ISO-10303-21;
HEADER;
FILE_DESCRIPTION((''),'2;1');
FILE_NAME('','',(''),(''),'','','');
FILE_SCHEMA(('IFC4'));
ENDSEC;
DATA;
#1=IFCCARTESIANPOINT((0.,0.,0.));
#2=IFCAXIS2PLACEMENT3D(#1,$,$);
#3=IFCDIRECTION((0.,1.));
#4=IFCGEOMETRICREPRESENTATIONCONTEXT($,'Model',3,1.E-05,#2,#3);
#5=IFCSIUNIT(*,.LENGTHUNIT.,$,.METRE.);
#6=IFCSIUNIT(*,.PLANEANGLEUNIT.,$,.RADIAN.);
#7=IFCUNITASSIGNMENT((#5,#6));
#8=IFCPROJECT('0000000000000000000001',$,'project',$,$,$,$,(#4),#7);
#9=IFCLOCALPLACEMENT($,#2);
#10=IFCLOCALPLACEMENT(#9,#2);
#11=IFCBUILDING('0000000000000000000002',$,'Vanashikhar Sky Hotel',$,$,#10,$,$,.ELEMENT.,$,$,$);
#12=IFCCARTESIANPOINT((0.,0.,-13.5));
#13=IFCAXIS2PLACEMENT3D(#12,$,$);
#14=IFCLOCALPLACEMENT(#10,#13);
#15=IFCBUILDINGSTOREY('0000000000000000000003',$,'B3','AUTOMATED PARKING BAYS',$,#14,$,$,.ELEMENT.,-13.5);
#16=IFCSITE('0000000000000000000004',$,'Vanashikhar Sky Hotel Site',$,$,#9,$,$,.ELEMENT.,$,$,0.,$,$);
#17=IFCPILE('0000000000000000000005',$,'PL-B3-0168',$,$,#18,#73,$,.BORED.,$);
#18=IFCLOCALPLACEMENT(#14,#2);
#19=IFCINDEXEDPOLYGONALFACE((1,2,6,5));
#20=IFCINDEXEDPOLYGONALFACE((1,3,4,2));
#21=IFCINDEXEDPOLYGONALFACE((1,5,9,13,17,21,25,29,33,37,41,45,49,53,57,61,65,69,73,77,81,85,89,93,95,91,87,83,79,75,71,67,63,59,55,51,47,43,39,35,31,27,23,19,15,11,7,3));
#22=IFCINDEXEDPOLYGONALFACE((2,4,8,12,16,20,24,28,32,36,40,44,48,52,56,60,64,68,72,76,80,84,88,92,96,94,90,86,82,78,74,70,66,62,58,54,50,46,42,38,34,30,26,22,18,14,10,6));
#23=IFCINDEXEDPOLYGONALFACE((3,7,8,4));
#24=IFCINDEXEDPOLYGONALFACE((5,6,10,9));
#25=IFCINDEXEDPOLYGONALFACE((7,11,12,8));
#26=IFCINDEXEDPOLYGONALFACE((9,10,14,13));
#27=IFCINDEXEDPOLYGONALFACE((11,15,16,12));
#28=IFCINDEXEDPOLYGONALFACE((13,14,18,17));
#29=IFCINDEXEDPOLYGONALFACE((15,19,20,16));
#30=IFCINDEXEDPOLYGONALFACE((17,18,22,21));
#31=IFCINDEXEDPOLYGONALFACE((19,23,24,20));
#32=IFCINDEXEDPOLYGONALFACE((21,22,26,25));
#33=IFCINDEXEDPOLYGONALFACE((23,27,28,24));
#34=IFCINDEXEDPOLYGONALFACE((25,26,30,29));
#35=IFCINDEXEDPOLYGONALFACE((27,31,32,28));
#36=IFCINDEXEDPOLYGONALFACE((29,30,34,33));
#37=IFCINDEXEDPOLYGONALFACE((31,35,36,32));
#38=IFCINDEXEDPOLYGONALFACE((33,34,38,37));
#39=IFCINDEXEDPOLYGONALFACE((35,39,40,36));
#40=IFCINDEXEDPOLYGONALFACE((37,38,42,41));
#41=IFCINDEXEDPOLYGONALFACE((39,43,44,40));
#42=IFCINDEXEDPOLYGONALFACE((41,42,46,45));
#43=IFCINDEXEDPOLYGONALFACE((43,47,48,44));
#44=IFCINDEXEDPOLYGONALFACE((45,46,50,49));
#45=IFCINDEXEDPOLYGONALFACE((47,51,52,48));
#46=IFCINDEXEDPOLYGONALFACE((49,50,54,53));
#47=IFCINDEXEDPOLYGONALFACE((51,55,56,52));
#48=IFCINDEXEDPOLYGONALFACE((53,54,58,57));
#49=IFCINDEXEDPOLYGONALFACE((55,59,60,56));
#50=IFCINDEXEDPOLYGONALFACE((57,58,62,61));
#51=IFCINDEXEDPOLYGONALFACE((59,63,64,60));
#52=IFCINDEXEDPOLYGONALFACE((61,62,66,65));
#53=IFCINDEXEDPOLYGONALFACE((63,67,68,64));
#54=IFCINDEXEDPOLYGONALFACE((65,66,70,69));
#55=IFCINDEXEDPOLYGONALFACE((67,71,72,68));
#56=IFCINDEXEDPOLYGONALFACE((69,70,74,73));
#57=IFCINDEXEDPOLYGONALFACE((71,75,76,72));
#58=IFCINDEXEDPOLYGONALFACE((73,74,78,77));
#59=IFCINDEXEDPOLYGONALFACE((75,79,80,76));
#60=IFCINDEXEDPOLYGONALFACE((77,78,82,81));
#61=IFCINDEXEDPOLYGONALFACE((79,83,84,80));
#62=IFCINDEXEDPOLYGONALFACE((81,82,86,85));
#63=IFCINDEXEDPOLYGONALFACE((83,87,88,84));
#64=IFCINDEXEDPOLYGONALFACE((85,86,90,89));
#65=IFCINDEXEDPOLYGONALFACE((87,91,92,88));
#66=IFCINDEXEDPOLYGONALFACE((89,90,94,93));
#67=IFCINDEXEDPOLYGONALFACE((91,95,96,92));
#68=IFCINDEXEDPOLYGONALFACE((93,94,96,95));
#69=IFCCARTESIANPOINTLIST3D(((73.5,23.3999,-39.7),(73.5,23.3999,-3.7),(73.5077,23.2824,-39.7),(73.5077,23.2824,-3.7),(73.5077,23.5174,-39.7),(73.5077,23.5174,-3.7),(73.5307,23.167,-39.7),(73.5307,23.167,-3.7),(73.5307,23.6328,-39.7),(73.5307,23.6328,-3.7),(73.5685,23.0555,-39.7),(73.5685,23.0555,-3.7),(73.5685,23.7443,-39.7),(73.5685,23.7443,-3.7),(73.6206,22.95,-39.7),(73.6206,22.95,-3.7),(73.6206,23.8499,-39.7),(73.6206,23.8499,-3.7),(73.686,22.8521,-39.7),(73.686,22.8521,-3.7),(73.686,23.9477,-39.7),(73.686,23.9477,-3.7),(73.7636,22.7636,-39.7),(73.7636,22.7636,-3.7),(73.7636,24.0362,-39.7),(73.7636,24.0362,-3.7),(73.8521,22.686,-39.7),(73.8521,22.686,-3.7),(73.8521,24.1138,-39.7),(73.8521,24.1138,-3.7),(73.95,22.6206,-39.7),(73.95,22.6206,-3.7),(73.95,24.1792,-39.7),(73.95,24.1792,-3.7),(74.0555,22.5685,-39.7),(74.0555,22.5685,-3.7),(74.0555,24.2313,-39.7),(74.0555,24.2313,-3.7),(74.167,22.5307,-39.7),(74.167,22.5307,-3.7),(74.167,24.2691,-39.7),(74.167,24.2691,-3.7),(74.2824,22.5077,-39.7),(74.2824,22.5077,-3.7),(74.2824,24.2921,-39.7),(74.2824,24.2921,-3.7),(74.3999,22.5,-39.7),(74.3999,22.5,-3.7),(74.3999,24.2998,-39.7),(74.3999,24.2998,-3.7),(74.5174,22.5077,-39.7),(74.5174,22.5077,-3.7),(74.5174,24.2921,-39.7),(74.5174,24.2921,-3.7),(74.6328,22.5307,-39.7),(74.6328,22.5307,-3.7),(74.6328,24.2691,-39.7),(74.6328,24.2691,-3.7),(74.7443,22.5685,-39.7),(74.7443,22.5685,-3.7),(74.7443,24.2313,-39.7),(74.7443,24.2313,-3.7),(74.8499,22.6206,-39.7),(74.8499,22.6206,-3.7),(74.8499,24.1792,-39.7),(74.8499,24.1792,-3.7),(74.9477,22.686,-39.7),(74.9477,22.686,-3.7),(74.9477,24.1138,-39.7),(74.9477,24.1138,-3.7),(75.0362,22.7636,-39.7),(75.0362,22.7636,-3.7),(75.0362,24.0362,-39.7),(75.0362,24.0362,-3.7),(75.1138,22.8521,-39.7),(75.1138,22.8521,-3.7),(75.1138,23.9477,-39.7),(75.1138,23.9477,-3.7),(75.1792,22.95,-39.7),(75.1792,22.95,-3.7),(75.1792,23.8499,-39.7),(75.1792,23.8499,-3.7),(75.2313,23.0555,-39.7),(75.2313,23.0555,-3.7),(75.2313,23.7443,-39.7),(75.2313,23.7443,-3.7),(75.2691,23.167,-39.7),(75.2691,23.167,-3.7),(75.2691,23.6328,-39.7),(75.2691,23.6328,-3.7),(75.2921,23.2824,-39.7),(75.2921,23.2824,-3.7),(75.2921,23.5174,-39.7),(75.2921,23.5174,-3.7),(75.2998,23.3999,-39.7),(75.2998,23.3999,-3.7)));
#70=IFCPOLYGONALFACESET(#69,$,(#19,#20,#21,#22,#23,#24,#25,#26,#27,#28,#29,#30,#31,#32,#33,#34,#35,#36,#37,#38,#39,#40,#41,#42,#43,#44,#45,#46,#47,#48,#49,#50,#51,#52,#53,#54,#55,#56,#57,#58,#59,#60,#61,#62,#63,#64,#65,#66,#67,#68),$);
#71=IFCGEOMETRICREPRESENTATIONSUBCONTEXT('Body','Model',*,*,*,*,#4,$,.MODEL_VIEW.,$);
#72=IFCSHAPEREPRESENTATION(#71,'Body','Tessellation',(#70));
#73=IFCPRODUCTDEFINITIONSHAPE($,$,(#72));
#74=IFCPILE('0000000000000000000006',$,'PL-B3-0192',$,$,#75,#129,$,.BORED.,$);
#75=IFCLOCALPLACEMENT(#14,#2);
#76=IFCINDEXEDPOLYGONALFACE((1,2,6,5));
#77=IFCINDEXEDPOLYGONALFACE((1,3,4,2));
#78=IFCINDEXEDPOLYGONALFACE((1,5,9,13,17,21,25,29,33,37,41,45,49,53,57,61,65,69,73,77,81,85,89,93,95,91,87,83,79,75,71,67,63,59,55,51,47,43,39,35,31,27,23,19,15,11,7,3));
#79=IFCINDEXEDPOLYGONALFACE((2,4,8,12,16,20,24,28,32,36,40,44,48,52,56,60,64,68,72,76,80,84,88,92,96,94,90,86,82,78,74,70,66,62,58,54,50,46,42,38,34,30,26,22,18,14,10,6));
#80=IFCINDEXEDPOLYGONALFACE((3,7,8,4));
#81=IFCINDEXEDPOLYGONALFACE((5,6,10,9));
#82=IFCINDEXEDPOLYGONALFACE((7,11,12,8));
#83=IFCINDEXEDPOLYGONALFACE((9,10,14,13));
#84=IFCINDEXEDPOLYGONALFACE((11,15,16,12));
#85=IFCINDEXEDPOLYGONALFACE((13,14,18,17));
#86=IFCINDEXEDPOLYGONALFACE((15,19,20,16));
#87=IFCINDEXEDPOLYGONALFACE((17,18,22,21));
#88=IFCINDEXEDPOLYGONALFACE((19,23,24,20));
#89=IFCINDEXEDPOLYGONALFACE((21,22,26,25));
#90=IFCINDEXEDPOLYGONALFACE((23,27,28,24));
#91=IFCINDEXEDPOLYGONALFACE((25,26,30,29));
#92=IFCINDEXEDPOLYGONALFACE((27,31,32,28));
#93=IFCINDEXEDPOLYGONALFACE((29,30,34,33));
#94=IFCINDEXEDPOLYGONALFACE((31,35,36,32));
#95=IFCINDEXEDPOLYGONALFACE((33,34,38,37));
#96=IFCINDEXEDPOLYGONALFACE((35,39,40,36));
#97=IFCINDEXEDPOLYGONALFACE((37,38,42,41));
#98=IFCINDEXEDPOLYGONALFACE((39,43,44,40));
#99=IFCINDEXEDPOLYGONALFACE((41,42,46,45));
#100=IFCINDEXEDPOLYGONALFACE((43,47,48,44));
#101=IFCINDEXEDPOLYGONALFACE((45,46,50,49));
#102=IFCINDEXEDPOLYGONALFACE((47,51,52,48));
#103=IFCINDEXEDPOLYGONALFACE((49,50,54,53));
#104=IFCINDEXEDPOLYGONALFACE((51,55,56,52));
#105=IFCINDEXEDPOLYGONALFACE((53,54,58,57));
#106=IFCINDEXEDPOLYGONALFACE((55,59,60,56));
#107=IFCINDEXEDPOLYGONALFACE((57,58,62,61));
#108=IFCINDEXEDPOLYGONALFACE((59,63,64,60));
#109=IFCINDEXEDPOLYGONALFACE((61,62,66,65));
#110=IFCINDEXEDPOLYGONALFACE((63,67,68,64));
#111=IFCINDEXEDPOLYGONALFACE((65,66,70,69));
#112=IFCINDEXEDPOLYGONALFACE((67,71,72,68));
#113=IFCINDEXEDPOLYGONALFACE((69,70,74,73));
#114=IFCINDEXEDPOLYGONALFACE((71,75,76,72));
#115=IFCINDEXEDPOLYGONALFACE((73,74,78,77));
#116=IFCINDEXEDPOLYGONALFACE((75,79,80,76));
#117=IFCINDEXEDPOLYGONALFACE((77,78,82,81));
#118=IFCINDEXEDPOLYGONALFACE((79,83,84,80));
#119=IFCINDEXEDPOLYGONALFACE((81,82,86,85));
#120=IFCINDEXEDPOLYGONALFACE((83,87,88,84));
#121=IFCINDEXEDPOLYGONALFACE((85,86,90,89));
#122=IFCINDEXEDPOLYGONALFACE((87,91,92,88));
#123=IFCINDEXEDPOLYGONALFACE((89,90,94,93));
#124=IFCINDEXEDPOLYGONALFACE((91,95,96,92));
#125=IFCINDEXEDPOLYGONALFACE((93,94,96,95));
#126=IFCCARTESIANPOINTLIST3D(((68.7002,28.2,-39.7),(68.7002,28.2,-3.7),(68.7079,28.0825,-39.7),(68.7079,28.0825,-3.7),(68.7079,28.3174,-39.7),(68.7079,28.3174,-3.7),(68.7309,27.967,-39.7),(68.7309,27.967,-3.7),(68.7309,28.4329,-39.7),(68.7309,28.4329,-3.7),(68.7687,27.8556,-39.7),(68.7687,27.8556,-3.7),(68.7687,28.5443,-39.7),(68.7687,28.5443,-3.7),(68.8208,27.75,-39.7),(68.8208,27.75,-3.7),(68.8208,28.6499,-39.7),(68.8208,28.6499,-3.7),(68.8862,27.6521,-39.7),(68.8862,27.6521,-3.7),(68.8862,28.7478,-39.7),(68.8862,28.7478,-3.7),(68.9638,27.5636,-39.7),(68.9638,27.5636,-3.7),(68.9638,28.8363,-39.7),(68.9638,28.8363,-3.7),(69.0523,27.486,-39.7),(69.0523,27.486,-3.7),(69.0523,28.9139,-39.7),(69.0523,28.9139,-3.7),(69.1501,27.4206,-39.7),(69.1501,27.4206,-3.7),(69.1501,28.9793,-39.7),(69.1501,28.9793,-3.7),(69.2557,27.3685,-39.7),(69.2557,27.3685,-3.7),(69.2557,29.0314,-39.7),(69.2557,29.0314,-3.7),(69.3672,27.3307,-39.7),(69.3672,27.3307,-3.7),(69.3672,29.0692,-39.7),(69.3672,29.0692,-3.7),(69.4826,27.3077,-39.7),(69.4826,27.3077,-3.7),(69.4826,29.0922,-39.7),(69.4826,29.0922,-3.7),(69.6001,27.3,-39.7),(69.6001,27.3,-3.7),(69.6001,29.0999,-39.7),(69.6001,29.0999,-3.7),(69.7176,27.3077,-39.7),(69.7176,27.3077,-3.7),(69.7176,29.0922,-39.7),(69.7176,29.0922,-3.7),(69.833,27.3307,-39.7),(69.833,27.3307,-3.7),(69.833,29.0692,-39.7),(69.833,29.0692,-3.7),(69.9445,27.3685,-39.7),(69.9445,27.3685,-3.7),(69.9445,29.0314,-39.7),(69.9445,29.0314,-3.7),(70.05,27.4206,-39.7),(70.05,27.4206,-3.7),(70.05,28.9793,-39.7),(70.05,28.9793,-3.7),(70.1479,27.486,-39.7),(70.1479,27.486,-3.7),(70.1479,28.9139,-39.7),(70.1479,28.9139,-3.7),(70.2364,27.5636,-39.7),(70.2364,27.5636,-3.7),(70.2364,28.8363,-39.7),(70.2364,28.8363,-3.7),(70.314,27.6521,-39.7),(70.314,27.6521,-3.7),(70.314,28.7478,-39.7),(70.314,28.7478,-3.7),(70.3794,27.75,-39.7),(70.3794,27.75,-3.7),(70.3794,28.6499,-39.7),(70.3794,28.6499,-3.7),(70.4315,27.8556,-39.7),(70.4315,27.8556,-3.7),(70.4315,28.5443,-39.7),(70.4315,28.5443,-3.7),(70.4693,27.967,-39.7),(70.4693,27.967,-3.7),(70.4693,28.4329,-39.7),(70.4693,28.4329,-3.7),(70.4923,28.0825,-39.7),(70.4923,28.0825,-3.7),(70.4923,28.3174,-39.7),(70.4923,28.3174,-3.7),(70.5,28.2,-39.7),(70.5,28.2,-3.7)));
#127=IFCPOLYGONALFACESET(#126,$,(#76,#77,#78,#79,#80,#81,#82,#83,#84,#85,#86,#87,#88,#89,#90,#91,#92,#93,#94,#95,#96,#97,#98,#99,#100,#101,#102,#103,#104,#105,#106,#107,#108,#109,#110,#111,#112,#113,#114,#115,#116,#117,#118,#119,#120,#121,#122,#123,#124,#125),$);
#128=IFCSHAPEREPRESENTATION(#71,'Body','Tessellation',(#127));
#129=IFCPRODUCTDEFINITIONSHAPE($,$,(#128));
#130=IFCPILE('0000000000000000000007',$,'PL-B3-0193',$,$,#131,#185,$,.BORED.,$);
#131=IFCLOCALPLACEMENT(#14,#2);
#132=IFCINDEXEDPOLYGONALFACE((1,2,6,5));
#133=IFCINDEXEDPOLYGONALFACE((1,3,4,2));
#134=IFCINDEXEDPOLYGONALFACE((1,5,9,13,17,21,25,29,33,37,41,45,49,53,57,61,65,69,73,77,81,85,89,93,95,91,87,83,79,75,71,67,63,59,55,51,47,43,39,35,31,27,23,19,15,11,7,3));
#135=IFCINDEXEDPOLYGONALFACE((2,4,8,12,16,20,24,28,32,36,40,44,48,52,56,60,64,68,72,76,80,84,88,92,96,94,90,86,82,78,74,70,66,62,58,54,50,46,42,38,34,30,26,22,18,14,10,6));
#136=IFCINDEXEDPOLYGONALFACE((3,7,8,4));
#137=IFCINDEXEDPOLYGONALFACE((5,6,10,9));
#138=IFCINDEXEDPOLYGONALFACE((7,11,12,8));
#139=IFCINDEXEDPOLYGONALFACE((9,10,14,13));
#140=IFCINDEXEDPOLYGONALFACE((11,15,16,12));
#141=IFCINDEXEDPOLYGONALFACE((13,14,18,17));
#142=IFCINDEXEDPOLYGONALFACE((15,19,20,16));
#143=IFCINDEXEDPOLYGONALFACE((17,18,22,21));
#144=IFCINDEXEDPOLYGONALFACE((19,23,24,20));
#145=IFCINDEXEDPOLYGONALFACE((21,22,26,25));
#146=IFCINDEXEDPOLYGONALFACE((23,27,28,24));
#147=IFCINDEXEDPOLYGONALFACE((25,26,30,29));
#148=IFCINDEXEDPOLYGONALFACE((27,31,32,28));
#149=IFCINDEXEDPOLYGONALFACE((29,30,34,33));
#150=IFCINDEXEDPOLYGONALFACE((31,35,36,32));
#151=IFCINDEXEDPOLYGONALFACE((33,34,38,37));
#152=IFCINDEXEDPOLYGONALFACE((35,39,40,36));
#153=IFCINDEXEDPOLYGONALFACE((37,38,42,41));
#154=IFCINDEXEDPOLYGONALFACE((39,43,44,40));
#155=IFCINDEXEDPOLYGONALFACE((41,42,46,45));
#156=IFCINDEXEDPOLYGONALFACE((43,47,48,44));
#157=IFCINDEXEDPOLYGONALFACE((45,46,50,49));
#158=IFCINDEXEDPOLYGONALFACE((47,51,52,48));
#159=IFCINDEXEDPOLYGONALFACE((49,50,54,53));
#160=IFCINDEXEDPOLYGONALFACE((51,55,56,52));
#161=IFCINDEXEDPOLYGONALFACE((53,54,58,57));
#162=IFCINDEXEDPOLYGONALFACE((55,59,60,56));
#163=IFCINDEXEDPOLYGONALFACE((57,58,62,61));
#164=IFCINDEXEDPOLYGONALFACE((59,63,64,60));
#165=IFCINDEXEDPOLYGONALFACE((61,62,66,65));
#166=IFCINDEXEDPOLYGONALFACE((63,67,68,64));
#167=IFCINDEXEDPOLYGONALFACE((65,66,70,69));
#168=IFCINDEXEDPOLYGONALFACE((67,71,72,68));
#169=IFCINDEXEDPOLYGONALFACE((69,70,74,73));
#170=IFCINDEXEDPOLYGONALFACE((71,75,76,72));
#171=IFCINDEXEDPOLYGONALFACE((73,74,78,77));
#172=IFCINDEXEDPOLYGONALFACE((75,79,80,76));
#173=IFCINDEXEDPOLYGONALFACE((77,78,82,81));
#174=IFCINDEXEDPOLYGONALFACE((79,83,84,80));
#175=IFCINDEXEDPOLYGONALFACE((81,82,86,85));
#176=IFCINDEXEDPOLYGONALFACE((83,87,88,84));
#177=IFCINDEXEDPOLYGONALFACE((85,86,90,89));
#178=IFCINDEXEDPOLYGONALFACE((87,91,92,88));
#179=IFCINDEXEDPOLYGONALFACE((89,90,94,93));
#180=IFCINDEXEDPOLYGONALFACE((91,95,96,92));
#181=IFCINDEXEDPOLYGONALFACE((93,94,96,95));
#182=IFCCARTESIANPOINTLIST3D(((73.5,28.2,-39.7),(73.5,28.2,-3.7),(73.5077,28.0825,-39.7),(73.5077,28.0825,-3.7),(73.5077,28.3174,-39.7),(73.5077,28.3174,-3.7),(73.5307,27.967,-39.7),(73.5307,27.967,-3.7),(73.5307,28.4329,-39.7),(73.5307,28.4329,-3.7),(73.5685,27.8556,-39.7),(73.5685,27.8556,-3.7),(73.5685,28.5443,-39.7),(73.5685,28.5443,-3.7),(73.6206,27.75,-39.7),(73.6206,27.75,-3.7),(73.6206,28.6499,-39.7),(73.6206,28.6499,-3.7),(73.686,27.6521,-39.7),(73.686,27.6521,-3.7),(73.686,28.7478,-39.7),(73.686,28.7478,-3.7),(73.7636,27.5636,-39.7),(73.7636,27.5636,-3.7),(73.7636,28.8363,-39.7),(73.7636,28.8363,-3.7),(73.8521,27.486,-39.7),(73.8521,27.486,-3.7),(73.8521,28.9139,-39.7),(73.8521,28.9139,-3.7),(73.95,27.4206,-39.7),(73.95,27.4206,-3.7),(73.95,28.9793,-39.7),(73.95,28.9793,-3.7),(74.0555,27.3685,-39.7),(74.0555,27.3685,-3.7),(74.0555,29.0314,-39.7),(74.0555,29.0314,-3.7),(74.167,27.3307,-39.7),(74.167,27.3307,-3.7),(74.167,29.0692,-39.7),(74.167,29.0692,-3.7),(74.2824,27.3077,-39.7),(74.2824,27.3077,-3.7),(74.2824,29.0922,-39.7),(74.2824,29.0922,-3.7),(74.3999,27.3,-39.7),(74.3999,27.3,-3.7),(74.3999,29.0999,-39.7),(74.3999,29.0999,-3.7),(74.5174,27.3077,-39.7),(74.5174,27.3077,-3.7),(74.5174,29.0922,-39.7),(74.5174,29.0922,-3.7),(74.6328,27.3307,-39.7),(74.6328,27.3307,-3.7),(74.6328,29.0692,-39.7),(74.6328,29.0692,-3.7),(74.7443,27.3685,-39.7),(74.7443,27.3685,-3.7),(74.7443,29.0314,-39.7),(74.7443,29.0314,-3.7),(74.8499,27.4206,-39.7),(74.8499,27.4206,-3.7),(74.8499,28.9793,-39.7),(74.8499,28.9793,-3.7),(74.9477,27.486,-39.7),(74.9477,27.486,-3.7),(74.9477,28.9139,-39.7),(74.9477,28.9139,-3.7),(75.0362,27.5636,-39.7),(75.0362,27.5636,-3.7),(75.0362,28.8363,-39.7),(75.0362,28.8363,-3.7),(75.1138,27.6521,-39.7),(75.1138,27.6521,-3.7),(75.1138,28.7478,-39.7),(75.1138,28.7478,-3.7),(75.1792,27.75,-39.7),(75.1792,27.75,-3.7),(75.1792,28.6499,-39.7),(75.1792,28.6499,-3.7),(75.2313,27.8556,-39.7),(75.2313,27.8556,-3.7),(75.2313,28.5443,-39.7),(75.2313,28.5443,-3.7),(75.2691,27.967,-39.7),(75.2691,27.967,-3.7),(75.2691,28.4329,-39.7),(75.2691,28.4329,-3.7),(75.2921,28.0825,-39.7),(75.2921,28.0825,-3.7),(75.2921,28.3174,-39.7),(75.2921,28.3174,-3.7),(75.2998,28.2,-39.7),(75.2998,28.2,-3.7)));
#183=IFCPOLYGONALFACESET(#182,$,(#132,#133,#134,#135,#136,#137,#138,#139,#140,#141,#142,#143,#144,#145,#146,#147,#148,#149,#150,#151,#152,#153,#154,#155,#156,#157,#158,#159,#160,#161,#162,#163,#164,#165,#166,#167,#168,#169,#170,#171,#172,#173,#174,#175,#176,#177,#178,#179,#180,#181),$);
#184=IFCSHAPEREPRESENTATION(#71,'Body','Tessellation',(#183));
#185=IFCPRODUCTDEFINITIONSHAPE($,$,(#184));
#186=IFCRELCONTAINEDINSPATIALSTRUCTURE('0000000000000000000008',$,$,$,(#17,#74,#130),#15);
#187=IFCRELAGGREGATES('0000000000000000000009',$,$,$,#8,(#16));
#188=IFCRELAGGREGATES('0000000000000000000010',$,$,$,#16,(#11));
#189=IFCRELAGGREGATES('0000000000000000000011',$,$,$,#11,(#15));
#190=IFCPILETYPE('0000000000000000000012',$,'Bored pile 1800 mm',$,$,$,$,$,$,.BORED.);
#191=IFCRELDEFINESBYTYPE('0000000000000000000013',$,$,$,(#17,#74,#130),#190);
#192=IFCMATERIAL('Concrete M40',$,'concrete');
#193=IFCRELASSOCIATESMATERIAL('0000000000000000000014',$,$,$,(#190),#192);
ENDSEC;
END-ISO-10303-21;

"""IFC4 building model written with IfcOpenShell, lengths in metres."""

from ifc_helpers import new_model, si_unit, direction, frame, origin, origin_2d, place, context, subcontext, project, spatial, circle, extrude, source, transform, mapped, material, type_object, element, save


model = new_model("IFC4")

# Units and contexts
model_context = context("Model", 3, precision=1e-05, world=origin(), true_north=direction((0.0, 1.0)))
body_context = subcontext(model_context, "Body", "Model", "MODEL_VIEW")
ifc_project = project(units=[si_unit("LENGTHUNIT", "METRE"), si_unit("PLANEANGLEUNIT", "RADIAN")], contexts=[model_context])

# Site, building, storey
site_placement = place(None, origin())
site = spatial("IfcSite", under=ifc_project, at=site_placement, Name="Vanashikhar Sky Hotel Site", CompositionType="ELEMENT", RefElevation=0.0)
building_placement = place(site_placement, origin())
building = spatial("IfcBuilding", under=site, at=building_placement, Name="Vanashikhar Sky Hotel", CompositionType="ELEMENT")
storey_placement = place(building_placement, frame((0.0, 0.0, -13.5)))
storey = spatial("IfcBuildingStorey", under=building, at=storey_placement, Name="B3", Description="AUTOMATED PARKING BAYS", CompositionType="ELEMENT", Elevation=-13.5)

# Piles
ifc_material_1 = material(Name="Concrete M40", Category="concrete")
pile_type_1 = type_object("IfcPileType", Name="Bored pile 1800 mm", PredefinedType="BORED", material=ifc_material_1)
shared_shape_1 = source(origin(), body_context, "Body", "SweptSolid", [
    extrude(circle(Radius=0.8999, at=origin_2d()), origin(), (0.0, 0.0, 1.0), 36.0),
])
for number, where, z_axis, x_axis, name in (
    (1, (74.3999, 23.3999, -3.7), (0.0, 0.0, -1.0), (1.0, 0.0, 0.0), "PL-B3-0168"),
    (2, (69.6001, 28.2, -3.7), (0.0, 0.0, -1.0), (1.0, 0.0, 0.0), "PL-B3-0192"),
    (3, (74.3999, 28.2, -3.7), (0.0, 0.0, -1.0), (1.0, 0.0, 0.0), "PL-B3-0193"),
):
    element("IfcPile", number, at=place(storey_placement, frame(where, z_axis=z_axis, x_axis=x_axis)), inside=storey, type_object=pile_type_1, Name=name, PredefinedType="BORED", context=body_context, shape_type="MappedRepresentation", body=[
        mapped(shared_shape_1, transform((0.0, 0.0, 0.0), scale=1.0)),
    ])

save(model, "model.ifc")
